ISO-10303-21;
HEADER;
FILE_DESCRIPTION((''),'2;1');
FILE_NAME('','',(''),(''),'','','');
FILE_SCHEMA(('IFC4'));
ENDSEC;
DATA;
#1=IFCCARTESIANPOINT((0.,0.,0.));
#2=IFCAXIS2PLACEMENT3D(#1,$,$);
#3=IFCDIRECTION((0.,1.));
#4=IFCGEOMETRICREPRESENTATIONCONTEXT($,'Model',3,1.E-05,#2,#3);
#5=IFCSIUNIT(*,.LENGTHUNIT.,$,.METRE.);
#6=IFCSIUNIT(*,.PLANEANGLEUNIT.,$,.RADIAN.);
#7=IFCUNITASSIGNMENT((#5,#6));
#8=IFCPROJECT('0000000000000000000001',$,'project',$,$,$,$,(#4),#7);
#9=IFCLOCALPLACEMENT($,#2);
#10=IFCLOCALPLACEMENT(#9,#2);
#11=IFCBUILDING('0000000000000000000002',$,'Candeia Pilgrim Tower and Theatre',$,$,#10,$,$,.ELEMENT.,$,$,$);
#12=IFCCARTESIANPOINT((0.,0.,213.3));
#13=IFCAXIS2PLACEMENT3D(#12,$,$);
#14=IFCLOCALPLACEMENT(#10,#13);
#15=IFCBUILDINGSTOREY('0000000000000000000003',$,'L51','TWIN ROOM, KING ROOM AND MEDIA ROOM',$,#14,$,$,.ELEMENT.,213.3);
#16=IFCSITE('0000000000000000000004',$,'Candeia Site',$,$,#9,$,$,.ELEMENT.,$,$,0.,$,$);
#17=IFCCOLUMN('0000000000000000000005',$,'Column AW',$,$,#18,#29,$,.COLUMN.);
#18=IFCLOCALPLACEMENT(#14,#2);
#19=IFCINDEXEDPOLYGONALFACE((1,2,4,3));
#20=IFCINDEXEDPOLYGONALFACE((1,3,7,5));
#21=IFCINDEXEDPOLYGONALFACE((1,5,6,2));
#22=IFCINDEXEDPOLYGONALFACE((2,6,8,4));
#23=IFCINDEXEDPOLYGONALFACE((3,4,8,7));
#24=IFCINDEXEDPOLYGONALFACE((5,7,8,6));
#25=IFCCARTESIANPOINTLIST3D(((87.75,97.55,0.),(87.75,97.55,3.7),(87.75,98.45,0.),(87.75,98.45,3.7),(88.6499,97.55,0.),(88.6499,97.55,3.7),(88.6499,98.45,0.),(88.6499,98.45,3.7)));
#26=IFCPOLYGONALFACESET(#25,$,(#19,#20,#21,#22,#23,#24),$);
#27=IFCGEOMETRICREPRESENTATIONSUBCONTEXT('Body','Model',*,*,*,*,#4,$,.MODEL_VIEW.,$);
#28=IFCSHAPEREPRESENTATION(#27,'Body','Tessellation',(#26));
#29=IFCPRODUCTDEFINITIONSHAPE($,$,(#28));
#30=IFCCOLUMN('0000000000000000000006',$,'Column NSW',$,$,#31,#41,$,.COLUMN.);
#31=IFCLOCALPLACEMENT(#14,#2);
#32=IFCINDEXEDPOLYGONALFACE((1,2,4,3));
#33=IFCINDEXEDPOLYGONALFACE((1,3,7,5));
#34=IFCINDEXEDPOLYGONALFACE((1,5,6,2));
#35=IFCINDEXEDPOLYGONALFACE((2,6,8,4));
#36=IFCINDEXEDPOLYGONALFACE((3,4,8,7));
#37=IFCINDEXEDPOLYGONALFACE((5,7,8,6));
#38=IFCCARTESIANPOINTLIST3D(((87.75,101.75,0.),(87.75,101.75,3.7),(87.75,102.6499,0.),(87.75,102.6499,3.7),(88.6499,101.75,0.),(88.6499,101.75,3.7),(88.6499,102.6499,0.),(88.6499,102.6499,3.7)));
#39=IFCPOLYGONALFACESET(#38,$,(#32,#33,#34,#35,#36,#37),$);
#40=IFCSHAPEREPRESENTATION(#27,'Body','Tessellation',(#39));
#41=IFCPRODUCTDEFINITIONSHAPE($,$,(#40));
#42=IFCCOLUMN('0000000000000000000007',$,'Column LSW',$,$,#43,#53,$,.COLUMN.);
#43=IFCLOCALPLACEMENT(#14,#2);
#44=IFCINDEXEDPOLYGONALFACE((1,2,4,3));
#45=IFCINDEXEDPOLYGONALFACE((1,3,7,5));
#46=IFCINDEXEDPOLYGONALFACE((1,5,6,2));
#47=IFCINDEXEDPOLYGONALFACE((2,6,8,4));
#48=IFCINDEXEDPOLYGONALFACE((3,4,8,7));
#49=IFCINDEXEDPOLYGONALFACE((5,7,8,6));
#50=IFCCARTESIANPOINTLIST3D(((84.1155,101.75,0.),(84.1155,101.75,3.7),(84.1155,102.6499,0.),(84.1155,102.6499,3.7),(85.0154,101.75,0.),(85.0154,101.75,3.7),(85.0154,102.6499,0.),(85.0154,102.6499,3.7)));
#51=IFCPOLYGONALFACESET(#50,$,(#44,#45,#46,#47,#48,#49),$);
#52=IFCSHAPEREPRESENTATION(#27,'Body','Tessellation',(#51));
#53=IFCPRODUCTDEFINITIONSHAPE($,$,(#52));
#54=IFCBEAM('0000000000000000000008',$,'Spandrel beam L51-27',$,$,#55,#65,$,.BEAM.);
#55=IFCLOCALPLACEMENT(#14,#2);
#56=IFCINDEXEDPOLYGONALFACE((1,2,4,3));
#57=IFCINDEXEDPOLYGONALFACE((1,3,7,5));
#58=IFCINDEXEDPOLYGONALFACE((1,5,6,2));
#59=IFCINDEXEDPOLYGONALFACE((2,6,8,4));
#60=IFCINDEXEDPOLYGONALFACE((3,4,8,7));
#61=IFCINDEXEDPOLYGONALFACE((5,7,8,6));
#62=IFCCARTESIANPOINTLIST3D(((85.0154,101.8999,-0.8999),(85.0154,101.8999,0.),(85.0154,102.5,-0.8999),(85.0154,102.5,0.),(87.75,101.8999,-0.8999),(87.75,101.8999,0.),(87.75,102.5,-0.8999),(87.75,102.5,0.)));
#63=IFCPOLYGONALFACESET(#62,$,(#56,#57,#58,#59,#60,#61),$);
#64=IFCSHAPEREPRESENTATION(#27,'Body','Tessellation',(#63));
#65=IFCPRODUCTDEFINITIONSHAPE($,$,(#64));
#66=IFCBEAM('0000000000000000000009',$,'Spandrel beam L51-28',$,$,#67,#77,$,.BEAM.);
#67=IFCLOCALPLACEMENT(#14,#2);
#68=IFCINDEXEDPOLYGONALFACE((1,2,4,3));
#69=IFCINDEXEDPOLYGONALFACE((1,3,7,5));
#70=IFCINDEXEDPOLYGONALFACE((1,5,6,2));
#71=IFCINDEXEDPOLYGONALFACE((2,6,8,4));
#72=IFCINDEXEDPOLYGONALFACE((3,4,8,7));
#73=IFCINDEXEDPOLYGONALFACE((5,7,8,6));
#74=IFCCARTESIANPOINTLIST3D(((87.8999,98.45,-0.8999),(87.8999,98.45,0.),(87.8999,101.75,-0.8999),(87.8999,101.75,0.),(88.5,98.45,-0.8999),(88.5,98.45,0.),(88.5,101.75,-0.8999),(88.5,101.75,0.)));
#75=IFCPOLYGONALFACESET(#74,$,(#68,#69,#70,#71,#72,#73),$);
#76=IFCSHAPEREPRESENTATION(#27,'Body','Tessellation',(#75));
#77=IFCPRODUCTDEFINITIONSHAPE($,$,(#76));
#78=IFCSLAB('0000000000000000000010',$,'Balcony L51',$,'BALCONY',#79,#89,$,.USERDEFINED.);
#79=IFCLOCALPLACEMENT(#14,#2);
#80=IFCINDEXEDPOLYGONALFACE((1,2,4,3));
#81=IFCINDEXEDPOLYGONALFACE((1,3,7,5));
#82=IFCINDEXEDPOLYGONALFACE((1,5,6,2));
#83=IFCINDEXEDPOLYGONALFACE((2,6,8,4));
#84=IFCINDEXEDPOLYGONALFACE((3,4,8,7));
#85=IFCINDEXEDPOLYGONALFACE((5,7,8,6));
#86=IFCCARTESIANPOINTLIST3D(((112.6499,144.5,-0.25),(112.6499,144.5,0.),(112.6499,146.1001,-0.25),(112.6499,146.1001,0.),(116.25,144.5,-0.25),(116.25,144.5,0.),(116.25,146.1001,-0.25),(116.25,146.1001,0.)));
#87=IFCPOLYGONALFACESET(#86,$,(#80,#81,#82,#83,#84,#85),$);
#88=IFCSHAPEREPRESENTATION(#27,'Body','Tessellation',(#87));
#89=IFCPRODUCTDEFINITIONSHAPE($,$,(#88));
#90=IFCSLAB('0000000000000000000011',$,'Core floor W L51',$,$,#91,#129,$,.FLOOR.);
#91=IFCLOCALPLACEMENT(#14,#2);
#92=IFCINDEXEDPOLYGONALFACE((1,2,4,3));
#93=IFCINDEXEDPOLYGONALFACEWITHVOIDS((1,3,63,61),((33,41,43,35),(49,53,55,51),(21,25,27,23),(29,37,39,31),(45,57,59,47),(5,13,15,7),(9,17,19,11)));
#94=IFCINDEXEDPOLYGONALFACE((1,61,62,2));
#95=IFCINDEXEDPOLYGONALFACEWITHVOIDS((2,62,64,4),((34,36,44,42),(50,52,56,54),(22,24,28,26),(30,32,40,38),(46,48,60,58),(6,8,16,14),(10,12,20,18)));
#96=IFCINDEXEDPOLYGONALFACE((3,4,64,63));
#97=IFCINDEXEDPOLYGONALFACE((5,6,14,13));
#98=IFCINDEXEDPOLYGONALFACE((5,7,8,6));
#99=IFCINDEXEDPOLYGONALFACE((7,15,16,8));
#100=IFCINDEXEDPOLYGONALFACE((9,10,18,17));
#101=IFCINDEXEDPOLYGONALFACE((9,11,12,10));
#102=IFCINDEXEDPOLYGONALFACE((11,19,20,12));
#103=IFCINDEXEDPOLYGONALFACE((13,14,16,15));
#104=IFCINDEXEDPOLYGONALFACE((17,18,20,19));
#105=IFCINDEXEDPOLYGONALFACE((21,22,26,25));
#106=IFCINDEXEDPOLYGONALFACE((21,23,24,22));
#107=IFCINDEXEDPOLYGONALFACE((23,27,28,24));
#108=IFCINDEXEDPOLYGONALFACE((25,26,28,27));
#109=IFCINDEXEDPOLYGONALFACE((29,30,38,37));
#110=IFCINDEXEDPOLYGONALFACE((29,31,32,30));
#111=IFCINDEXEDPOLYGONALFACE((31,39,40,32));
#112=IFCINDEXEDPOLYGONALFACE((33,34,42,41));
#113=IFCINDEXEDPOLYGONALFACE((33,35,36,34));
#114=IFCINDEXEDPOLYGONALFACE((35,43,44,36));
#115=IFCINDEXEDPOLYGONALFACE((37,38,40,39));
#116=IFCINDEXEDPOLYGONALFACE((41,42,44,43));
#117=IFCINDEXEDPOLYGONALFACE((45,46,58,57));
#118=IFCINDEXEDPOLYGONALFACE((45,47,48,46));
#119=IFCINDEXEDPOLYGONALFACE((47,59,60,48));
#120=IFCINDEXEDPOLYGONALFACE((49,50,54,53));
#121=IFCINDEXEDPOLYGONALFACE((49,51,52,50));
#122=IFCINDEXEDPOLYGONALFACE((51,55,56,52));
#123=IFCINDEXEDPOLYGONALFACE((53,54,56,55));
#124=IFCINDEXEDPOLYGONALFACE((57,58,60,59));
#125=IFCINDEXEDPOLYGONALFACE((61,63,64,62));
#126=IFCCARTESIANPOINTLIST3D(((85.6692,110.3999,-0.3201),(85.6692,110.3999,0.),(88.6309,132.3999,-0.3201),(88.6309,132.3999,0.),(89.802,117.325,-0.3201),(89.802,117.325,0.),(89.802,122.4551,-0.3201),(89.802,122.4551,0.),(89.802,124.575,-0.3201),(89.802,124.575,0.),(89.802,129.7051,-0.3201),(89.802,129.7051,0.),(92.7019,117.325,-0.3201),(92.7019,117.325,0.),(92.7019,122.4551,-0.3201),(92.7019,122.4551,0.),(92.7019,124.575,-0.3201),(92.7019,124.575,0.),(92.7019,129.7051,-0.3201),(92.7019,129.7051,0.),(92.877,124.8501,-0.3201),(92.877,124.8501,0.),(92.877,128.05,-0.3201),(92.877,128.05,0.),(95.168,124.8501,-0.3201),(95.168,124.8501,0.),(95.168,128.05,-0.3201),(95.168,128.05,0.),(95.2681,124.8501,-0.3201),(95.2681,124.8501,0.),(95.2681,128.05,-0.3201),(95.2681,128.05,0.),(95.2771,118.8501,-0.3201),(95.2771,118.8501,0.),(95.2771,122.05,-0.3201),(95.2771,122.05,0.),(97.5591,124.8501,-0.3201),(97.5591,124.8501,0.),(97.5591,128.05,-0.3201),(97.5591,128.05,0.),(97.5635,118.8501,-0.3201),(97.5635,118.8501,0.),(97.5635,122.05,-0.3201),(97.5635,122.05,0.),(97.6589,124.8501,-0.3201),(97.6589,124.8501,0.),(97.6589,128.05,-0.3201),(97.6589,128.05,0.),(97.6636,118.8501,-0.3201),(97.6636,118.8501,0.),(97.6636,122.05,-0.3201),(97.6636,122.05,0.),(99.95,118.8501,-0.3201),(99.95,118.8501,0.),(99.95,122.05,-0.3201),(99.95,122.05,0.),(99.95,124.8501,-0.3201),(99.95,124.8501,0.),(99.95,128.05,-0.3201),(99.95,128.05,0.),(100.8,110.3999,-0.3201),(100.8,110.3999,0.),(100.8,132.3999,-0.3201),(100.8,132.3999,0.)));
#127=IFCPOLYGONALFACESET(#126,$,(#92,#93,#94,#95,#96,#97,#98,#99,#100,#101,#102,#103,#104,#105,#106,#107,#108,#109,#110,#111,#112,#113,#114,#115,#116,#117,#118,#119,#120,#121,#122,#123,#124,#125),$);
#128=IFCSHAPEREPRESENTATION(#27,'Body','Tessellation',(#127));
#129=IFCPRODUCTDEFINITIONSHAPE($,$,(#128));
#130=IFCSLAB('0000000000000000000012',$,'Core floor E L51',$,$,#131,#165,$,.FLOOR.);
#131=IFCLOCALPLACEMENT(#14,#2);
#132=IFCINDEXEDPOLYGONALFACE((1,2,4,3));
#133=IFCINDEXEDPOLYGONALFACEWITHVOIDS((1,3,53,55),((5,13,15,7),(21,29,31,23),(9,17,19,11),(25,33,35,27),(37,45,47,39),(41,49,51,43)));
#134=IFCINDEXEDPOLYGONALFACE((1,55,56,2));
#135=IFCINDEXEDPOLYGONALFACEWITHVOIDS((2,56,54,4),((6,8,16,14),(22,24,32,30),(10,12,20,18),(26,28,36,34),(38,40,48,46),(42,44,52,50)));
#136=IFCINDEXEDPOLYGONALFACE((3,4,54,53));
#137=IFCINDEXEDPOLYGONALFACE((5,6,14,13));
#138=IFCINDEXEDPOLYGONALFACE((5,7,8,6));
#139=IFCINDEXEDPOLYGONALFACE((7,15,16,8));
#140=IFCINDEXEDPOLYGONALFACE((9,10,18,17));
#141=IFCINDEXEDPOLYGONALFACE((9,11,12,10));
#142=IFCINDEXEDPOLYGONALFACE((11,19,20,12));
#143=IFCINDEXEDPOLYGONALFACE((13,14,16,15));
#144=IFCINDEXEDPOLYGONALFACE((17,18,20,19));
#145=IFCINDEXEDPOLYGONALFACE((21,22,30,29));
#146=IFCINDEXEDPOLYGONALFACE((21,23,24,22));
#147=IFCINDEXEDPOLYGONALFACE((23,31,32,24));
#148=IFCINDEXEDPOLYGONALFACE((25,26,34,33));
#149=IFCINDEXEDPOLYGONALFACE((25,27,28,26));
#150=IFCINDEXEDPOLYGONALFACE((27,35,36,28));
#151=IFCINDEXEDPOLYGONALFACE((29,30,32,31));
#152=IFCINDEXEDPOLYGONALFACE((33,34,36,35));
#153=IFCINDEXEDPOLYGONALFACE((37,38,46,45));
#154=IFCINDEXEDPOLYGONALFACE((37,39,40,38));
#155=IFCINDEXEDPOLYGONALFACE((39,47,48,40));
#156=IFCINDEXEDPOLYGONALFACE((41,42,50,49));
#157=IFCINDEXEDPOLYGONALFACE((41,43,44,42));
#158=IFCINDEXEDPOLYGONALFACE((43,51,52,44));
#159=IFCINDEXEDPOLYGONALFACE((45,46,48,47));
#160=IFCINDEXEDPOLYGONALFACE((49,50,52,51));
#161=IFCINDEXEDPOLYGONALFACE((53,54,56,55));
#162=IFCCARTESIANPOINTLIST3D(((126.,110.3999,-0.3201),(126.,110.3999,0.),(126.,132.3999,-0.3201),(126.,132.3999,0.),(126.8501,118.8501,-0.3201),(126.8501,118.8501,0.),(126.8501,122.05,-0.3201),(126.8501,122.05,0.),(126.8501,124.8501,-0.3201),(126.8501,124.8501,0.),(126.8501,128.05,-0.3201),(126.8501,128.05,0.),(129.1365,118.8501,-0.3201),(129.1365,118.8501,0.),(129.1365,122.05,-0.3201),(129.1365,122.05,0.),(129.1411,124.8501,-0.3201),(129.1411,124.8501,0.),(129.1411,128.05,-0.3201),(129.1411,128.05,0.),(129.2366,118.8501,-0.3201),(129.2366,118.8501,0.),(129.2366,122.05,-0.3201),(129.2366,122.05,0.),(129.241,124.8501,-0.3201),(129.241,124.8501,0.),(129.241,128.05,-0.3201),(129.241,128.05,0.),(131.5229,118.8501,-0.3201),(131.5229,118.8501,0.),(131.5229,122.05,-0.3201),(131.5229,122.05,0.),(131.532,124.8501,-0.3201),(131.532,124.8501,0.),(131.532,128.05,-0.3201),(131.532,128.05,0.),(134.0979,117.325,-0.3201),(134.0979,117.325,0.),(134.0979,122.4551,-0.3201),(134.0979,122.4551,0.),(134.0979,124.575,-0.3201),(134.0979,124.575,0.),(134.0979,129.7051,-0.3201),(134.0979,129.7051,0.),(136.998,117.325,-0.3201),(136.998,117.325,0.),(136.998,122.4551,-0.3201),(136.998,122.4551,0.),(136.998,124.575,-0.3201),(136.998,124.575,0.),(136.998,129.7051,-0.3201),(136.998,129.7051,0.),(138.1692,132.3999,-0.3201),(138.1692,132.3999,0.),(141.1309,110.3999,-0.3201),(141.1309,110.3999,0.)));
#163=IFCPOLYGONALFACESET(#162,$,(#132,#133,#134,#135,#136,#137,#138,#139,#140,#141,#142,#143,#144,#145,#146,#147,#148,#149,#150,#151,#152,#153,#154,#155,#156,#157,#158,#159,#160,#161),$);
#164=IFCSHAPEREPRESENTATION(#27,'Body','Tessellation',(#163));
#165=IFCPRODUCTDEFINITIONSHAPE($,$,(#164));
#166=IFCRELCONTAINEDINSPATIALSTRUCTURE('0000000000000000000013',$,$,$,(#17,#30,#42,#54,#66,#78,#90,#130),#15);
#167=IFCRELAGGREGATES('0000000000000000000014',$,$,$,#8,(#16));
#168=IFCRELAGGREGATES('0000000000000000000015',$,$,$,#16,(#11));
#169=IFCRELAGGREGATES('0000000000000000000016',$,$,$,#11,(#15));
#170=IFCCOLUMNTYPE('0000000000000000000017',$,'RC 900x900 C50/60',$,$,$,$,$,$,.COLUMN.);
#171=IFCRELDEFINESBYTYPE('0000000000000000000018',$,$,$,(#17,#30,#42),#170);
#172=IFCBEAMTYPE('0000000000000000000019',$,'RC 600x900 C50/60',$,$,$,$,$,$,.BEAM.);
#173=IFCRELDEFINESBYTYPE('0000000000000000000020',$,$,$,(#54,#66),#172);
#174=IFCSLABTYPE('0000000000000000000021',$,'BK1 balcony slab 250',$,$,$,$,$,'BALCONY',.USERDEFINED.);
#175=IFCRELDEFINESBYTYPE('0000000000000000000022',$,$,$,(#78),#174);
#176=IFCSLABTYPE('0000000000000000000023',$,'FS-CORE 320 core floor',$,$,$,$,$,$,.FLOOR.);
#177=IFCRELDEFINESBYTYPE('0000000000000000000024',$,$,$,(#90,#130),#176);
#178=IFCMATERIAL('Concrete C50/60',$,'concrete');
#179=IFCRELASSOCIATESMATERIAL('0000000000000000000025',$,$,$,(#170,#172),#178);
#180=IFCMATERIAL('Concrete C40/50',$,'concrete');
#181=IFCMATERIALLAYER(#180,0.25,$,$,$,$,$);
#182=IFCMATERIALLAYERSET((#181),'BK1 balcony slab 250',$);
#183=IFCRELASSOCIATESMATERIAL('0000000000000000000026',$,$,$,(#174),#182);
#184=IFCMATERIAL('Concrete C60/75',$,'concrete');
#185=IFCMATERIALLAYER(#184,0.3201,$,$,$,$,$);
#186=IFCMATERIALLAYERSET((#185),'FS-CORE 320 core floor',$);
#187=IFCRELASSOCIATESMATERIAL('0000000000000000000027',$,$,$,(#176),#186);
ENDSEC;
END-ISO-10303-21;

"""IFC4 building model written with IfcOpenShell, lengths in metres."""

from ifc_helpers import new_model, si_unit, direction, frame, origin, origin_2d, place, context, subcontext, project, spatial, polyline, rectangle, outline, extrude, material, layer, layer_set, material_profile, profile_set, type_object, element, save


model = new_model("IFC4")

# Units and contexts
model_context = context("Model", 3, precision=1e-05, world=origin(), true_north=direction((0.0, 1.0)))
body_context = subcontext(model_context, "Body", "Model", "MODEL_VIEW")
ifc_project = project(units=[si_unit("LENGTHUNIT", "METRE"), si_unit("PLANEANGLEUNIT", "RADIAN")], contexts=[model_context])

# Site, building, storey
site_placement = place(None, origin())
site = spatial("IfcSite", under=ifc_project, at=site_placement, Name="Candeia Site", CompositionType="ELEMENT", RefElevation=0.0)
building_placement = place(site_placement, origin())
building = spatial("IfcBuilding", under=site, at=building_placement, Name="Candeia Pilgrim Tower and Theatre", CompositionType="ELEMENT")
storey_placement = place(building_placement, frame((0.0, 0.0, 213.3)))
storey = spatial("IfcBuildingStorey", under=building, at=storey_placement, Name="L51", Description="TWIN ROOM, KING ROOM AND MEDIA ROOM", CompositionType="ELEMENT", Elevation=213.3)

# Columns
ifc_material_1 = material(Name="Concrete C50/60", Category="concrete")
ifc_material_profile_1 = material_profile(ifc_material_1, rectangle(XDim=0.8999, YDim=0.8999, at=origin_2d()))
ifc_profile_set_1 = profile_set([ifc_material_profile_1], Name="Concrete C50/60")
column_type = type_object("IfcColumnType", Name="RC 900x900 C50/60", PredefinedType="COLUMN", material=ifc_profile_set_1)
for number, where, z_axis, x_axis, name in (
    (1, (88.2, 98.0, 0.0), (0.0, 0.0, 1.0), (1.0, 0.0, 0.0), "Column AW"),
    (2, (88.2, 102.2, 0.0), (0.0, 0.0, 1.0), (1.0, 0.0, 0.0), "Column NSW"),
    (3, (84.5654, 102.2, 0.0), (0.0, 0.0, 1.0), (1.0, 0.0, 0.0), "Column LSW"),
):
    element("IfcColumn", number, at=place(storey_placement, frame(where, z_axis=z_axis, x_axis=x_axis)), inside=storey, type_object=column_type, Name=name, PredefinedType="COLUMN", context=body_context, shape_type="SweptSolid", body=[
        extrude(rectangle(XDim=0.8999, YDim=0.8999, at=origin_2d()), origin(), (0.0, 0.0, 1.0), 3.7),
    ])

# Beams
ifc_material_profile_2 = material_profile(ifc_material_1, rectangle(XDim=0.6001, YDim=0.8999, at=origin_2d()))
ifc_profile_set_2 = profile_set([ifc_material_profile_2], Name="Concrete C50/60")
beam_type = type_object("IfcBeamType", Name="RC 600x900 C50/60", PredefinedType="BEAM", material=ifc_profile_set_2)
beam_1_placement = place(storey_placement, frame((85.0154, 102.2, -0.45), z_axis=(1.0, 0.0, 0.0), x_axis=(0.0, 1.0, 0.0)))
element("IfcBeam", 4, at=beam_1_placement, inside=storey, type_object=beam_type, Name="Spandrel beam L51-27", PredefinedType="BEAM", context=body_context, shape_type="SweptSolid", body=[
    extrude(rectangle(XDim=0.6001, YDim=0.8999, at=origin_2d()), origin(), (0.0, 0.0, 1.0), 2.7346),
])
beam_2_placement = place(storey_placement, frame((88.2, 101.75, -0.45), z_axis=(0.0, -1.0, 0.0), x_axis=(1.0, 0.0, 0.0)))
element("IfcBeam", 5, at=beam_2_placement, inside=storey, type_object=beam_type, Name="Spandrel beam L51-28", PredefinedType="BEAM", context=body_context, shape_type="SweptSolid", body=[
    extrude(rectangle(XDim=0.6001, YDim=0.8999, at=origin_2d()), origin(), (0.0, 0.0, 1.0), 3.3),
])

# Slabs
ifc_material_2 = material(Name="Concrete C40/50", Category="concrete")
ifc_layer_1 = layer(ifc_material_2, 0.25)
ifc_layer_set_1 = layer_set([ifc_layer_1], Name="BK1 balcony slab 250")
slab_type_1 = type_object("IfcSlabType", Name="BK1 balcony slab 250", ElementType="BALCONY", PredefinedType="USERDEFINED", material=ifc_layer_set_1)
slab_1_placement = place(storey_placement, frame((0.0, 0.0, -0.25)))
element("IfcSlab", 6, at=slab_1_placement, inside=storey, type_object=slab_type_1, Name="Balcony L51", ObjectType="BALCONY", PredefinedType="USERDEFINED", context=body_context, shape_type="SweptSolid", body=[
    extrude(outline(polyline([(112.6499, 144.5), (116.25, 144.5), (116.25, 146.1001), (112.6499, 146.1001), (112.6499, 144.5)])), origin(), (0.0, 0.0, 1.0), 0.25),
])
ifc_material_3 = material(Name="Concrete C60/75", Category="concrete")
ifc_layer_2 = layer(ifc_material_3, 0.3201)
ifc_layer_set_2 = layer_set([ifc_layer_2], Name="FS-CORE 320 core floor")
slab_type_2 = type_object("IfcSlabType", Name="FS-CORE 320 core floor", PredefinedType="FLOOR", material=ifc_layer_set_2)
slab_2_placement = place(storey_placement, frame((0.0, 0.0, -0.3201)))
element("IfcSlab", 7, at=slab_2_placement, inside=storey, type_object=slab_type_2, Name="Core floor W L51", PredefinedType="FLOOR", context=body_context, shape_type="SweptSolid", body=[
    extrude(outline(polyline([(100.8, 132.3999), (100.8, 110.3999), (85.6692, 110.3999), (88.6309, 132.3999), (100.8, 132.3999)]), holes=[polyline([(97.6589, 128.05), (97.6589, 124.8501), (99.95, 124.8501), (99.95, 128.05), (97.6589, 128.05)]), polyline([(97.6636, 122.05), (97.6636, 118.8501), (99.95, 118.8501), (99.95, 122.05), (97.6636, 122.05)]), polyline([(95.2771, 122.05), (95.2771, 118.8501), (97.5635, 118.8501), (97.5635, 122.05), (95.2771, 122.05)]), polyline([(95.2681, 128.05), (95.2681, 124.8501), (97.5591, 124.8501), (97.5591, 128.05), (95.2681, 128.05)]), polyline([(92.877, 128.05), (92.877, 124.8501), (95.168, 124.8501), (95.168, 128.05), (92.877, 128.05)]), polyline([(89.802, 117.325), (92.7019, 117.325), (92.7019, 122.4551), (89.802, 122.4551), (89.802, 117.325)]), polyline([(89.802, 129.7051), (89.802, 124.575), (92.7019, 124.575), (92.7019, 129.7051), (89.802, 129.7051)])]), origin(), (0.0, 0.0, 1.0), 0.3201),
])
slab_3_placement = place(storey_placement, frame((0.0, 0.0, -0.3201)))
element("IfcSlab", 8, at=slab_3_placement, inside=storey, type_object=slab_type_2, Name="Core floor E L51", PredefinedType="FLOOR", context=body_context, shape_type="SweptSolid", body=[
    extrude(outline(polyline([(138.1692, 132.3999), (141.1309, 110.3999), (126.0, 110.3999), (126.0, 132.3999), (138.1692, 132.3999)]), holes=[polyline([(134.0979, 117.325), (136.998, 117.325), (136.998, 122.4551), (134.0979, 122.4551), (134.0979, 117.325)]), polyline([(134.0979, 129.7051), (134.0979, 124.575), (136.998, 124.575), (136.998, 129.7051), (134.0979, 129.7051)]), polyline([(131.532, 128.05), (129.241, 128.05), (129.241, 124.8501), (131.532, 124.8501), (131.532, 128.05)]), polyline([(131.5229, 122.05), (129.2366, 122.05), (129.2366, 118.8501), (131.5229, 118.8501), (131.5229, 122.05)]), polyline([(126.8501, 128.05), (126.8501, 124.8501), (129.1411, 124.8501), (129.1411, 128.05), (126.8501, 128.05)]), polyline([(129.1365, 122.05), (126.8501, 122.05), (126.8501, 118.8501), (129.1365, 118.8501), (129.1365, 122.05)])]), origin(), (0.0, 0.0, 1.0), 0.3201),
])

save(model, "model.ifc")
